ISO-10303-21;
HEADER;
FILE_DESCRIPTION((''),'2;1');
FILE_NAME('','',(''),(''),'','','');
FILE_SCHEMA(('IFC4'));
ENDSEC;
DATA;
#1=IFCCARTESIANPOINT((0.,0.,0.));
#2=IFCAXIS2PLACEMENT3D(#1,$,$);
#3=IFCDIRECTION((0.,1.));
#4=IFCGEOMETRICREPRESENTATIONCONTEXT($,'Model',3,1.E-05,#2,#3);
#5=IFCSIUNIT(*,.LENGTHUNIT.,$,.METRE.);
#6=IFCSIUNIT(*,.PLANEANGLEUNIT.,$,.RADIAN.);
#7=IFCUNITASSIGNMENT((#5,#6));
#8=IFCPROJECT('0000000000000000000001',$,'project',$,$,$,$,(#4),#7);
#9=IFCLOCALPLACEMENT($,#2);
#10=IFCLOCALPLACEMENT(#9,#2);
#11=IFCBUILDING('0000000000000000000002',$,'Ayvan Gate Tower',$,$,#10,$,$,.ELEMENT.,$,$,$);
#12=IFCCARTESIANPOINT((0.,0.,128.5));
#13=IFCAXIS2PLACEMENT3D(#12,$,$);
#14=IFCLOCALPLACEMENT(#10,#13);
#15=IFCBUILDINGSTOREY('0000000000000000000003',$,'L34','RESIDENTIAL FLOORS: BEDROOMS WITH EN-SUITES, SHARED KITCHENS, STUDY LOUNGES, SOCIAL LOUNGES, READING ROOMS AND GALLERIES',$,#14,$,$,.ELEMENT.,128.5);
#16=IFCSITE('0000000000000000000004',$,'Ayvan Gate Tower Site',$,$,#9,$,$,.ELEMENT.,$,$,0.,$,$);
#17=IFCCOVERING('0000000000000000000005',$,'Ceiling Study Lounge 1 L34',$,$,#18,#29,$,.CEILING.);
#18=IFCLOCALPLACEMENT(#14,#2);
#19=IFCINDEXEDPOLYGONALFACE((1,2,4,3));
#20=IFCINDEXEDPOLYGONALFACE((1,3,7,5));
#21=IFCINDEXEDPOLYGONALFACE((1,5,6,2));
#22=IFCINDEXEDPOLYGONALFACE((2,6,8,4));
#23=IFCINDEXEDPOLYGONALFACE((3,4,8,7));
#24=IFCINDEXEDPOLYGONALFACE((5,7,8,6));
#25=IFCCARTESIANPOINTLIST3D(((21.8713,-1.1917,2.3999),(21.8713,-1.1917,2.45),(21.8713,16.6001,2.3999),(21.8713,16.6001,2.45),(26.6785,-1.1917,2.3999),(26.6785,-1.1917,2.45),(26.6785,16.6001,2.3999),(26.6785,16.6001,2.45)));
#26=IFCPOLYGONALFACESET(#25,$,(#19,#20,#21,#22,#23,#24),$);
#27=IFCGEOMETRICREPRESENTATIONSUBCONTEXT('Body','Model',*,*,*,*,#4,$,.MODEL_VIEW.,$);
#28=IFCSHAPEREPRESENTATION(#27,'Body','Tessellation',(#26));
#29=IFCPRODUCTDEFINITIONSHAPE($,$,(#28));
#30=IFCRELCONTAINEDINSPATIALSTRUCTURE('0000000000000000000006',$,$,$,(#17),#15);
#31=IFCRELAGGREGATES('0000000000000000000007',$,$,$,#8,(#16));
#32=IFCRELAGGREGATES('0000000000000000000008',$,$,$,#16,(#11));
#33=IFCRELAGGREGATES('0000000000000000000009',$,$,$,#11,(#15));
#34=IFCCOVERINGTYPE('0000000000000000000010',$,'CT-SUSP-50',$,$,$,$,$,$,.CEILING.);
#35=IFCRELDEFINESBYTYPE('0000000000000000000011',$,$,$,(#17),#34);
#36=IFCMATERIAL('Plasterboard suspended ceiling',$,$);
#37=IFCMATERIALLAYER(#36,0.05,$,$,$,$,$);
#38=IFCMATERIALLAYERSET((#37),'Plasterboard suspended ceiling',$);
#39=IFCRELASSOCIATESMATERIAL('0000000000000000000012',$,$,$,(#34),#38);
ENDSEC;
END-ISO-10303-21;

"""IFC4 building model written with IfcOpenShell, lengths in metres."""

from ifc_helpers import new_model, si_unit, direction, frame, origin, place, context, subcontext, project, spatial, polyline, outline, extrude, material, layer, layer_set, type_object, element, save


model = new_model("IFC4")

# Units and contexts
model_context = context("Model", 3, precision=1e-05, world=origin(), true_north=direction((0.0, 1.0)))
body_context = subcontext(model_context, "Body", "Model", "MODEL_VIEW")
ifc_project = project(units=[si_unit("LENGTHUNIT", "METRE"), si_unit("PLANEANGLEUNIT", "RADIAN")], contexts=[model_context])

# Site, building, storey
site_placement = place(None, origin())
site = spatial("IfcSite", under=ifc_project, at=site_placement, Name="Ayvan Gate Tower Site", CompositionType="ELEMENT", RefElevation=0.0)
building_placement = place(site_placement, origin())
building = spatial("IfcBuilding", under=site, at=building_placement, Name="Ayvan Gate Tower", CompositionType="ELEMENT")
storey_placement = place(building_placement, frame((0.0, 0.0, 128.5)))
storey = spatial("IfcBuildingStorey", under=building, at=storey_placement, Name="L34", Description="RESIDENTIAL FLOORS: BEDROOMS WITH EN-SUITES, SHARED KITCHENS, STUDY LOUNGES, SOCIAL LOUNGES, READING ROOMS AND GALLERIES", CompositionType="ELEMENT", Elevation=128.5)

# Covering
ifc_material_1 = material(Name="Plasterboard suspended ceiling")
ifc_layer_1 = layer(ifc_material_1, 0.05)
ifc_layer_set_1 = layer_set([ifc_layer_1], Name="Plasterboard suspended ceiling")
covering_type = type_object("IfcCoveringType", Name="CT-SUSP-50", PredefinedType="CEILING", material=ifc_layer_set_1)
covering_1_placement = place(storey_placement, frame((0.0, 0.0, 2.3999)))
element("IfcCovering", 1, at=covering_1_placement, inside=storey, type_object=covering_type, Name="Ceiling Study Lounge 1 L34", PredefinedType="CEILING", context=body_context, shape_type="SweptSolid", body=[
    extrude(outline(polyline([(21.8713, -1.1917), (21.8713, 16.6001), (26.6785, 16.6001), (26.6785, -1.1917), (21.8713, -1.1917)])), origin(), (0.0, 0.0, 1.0), 0.05),
])

save(model, "model.ifc")
